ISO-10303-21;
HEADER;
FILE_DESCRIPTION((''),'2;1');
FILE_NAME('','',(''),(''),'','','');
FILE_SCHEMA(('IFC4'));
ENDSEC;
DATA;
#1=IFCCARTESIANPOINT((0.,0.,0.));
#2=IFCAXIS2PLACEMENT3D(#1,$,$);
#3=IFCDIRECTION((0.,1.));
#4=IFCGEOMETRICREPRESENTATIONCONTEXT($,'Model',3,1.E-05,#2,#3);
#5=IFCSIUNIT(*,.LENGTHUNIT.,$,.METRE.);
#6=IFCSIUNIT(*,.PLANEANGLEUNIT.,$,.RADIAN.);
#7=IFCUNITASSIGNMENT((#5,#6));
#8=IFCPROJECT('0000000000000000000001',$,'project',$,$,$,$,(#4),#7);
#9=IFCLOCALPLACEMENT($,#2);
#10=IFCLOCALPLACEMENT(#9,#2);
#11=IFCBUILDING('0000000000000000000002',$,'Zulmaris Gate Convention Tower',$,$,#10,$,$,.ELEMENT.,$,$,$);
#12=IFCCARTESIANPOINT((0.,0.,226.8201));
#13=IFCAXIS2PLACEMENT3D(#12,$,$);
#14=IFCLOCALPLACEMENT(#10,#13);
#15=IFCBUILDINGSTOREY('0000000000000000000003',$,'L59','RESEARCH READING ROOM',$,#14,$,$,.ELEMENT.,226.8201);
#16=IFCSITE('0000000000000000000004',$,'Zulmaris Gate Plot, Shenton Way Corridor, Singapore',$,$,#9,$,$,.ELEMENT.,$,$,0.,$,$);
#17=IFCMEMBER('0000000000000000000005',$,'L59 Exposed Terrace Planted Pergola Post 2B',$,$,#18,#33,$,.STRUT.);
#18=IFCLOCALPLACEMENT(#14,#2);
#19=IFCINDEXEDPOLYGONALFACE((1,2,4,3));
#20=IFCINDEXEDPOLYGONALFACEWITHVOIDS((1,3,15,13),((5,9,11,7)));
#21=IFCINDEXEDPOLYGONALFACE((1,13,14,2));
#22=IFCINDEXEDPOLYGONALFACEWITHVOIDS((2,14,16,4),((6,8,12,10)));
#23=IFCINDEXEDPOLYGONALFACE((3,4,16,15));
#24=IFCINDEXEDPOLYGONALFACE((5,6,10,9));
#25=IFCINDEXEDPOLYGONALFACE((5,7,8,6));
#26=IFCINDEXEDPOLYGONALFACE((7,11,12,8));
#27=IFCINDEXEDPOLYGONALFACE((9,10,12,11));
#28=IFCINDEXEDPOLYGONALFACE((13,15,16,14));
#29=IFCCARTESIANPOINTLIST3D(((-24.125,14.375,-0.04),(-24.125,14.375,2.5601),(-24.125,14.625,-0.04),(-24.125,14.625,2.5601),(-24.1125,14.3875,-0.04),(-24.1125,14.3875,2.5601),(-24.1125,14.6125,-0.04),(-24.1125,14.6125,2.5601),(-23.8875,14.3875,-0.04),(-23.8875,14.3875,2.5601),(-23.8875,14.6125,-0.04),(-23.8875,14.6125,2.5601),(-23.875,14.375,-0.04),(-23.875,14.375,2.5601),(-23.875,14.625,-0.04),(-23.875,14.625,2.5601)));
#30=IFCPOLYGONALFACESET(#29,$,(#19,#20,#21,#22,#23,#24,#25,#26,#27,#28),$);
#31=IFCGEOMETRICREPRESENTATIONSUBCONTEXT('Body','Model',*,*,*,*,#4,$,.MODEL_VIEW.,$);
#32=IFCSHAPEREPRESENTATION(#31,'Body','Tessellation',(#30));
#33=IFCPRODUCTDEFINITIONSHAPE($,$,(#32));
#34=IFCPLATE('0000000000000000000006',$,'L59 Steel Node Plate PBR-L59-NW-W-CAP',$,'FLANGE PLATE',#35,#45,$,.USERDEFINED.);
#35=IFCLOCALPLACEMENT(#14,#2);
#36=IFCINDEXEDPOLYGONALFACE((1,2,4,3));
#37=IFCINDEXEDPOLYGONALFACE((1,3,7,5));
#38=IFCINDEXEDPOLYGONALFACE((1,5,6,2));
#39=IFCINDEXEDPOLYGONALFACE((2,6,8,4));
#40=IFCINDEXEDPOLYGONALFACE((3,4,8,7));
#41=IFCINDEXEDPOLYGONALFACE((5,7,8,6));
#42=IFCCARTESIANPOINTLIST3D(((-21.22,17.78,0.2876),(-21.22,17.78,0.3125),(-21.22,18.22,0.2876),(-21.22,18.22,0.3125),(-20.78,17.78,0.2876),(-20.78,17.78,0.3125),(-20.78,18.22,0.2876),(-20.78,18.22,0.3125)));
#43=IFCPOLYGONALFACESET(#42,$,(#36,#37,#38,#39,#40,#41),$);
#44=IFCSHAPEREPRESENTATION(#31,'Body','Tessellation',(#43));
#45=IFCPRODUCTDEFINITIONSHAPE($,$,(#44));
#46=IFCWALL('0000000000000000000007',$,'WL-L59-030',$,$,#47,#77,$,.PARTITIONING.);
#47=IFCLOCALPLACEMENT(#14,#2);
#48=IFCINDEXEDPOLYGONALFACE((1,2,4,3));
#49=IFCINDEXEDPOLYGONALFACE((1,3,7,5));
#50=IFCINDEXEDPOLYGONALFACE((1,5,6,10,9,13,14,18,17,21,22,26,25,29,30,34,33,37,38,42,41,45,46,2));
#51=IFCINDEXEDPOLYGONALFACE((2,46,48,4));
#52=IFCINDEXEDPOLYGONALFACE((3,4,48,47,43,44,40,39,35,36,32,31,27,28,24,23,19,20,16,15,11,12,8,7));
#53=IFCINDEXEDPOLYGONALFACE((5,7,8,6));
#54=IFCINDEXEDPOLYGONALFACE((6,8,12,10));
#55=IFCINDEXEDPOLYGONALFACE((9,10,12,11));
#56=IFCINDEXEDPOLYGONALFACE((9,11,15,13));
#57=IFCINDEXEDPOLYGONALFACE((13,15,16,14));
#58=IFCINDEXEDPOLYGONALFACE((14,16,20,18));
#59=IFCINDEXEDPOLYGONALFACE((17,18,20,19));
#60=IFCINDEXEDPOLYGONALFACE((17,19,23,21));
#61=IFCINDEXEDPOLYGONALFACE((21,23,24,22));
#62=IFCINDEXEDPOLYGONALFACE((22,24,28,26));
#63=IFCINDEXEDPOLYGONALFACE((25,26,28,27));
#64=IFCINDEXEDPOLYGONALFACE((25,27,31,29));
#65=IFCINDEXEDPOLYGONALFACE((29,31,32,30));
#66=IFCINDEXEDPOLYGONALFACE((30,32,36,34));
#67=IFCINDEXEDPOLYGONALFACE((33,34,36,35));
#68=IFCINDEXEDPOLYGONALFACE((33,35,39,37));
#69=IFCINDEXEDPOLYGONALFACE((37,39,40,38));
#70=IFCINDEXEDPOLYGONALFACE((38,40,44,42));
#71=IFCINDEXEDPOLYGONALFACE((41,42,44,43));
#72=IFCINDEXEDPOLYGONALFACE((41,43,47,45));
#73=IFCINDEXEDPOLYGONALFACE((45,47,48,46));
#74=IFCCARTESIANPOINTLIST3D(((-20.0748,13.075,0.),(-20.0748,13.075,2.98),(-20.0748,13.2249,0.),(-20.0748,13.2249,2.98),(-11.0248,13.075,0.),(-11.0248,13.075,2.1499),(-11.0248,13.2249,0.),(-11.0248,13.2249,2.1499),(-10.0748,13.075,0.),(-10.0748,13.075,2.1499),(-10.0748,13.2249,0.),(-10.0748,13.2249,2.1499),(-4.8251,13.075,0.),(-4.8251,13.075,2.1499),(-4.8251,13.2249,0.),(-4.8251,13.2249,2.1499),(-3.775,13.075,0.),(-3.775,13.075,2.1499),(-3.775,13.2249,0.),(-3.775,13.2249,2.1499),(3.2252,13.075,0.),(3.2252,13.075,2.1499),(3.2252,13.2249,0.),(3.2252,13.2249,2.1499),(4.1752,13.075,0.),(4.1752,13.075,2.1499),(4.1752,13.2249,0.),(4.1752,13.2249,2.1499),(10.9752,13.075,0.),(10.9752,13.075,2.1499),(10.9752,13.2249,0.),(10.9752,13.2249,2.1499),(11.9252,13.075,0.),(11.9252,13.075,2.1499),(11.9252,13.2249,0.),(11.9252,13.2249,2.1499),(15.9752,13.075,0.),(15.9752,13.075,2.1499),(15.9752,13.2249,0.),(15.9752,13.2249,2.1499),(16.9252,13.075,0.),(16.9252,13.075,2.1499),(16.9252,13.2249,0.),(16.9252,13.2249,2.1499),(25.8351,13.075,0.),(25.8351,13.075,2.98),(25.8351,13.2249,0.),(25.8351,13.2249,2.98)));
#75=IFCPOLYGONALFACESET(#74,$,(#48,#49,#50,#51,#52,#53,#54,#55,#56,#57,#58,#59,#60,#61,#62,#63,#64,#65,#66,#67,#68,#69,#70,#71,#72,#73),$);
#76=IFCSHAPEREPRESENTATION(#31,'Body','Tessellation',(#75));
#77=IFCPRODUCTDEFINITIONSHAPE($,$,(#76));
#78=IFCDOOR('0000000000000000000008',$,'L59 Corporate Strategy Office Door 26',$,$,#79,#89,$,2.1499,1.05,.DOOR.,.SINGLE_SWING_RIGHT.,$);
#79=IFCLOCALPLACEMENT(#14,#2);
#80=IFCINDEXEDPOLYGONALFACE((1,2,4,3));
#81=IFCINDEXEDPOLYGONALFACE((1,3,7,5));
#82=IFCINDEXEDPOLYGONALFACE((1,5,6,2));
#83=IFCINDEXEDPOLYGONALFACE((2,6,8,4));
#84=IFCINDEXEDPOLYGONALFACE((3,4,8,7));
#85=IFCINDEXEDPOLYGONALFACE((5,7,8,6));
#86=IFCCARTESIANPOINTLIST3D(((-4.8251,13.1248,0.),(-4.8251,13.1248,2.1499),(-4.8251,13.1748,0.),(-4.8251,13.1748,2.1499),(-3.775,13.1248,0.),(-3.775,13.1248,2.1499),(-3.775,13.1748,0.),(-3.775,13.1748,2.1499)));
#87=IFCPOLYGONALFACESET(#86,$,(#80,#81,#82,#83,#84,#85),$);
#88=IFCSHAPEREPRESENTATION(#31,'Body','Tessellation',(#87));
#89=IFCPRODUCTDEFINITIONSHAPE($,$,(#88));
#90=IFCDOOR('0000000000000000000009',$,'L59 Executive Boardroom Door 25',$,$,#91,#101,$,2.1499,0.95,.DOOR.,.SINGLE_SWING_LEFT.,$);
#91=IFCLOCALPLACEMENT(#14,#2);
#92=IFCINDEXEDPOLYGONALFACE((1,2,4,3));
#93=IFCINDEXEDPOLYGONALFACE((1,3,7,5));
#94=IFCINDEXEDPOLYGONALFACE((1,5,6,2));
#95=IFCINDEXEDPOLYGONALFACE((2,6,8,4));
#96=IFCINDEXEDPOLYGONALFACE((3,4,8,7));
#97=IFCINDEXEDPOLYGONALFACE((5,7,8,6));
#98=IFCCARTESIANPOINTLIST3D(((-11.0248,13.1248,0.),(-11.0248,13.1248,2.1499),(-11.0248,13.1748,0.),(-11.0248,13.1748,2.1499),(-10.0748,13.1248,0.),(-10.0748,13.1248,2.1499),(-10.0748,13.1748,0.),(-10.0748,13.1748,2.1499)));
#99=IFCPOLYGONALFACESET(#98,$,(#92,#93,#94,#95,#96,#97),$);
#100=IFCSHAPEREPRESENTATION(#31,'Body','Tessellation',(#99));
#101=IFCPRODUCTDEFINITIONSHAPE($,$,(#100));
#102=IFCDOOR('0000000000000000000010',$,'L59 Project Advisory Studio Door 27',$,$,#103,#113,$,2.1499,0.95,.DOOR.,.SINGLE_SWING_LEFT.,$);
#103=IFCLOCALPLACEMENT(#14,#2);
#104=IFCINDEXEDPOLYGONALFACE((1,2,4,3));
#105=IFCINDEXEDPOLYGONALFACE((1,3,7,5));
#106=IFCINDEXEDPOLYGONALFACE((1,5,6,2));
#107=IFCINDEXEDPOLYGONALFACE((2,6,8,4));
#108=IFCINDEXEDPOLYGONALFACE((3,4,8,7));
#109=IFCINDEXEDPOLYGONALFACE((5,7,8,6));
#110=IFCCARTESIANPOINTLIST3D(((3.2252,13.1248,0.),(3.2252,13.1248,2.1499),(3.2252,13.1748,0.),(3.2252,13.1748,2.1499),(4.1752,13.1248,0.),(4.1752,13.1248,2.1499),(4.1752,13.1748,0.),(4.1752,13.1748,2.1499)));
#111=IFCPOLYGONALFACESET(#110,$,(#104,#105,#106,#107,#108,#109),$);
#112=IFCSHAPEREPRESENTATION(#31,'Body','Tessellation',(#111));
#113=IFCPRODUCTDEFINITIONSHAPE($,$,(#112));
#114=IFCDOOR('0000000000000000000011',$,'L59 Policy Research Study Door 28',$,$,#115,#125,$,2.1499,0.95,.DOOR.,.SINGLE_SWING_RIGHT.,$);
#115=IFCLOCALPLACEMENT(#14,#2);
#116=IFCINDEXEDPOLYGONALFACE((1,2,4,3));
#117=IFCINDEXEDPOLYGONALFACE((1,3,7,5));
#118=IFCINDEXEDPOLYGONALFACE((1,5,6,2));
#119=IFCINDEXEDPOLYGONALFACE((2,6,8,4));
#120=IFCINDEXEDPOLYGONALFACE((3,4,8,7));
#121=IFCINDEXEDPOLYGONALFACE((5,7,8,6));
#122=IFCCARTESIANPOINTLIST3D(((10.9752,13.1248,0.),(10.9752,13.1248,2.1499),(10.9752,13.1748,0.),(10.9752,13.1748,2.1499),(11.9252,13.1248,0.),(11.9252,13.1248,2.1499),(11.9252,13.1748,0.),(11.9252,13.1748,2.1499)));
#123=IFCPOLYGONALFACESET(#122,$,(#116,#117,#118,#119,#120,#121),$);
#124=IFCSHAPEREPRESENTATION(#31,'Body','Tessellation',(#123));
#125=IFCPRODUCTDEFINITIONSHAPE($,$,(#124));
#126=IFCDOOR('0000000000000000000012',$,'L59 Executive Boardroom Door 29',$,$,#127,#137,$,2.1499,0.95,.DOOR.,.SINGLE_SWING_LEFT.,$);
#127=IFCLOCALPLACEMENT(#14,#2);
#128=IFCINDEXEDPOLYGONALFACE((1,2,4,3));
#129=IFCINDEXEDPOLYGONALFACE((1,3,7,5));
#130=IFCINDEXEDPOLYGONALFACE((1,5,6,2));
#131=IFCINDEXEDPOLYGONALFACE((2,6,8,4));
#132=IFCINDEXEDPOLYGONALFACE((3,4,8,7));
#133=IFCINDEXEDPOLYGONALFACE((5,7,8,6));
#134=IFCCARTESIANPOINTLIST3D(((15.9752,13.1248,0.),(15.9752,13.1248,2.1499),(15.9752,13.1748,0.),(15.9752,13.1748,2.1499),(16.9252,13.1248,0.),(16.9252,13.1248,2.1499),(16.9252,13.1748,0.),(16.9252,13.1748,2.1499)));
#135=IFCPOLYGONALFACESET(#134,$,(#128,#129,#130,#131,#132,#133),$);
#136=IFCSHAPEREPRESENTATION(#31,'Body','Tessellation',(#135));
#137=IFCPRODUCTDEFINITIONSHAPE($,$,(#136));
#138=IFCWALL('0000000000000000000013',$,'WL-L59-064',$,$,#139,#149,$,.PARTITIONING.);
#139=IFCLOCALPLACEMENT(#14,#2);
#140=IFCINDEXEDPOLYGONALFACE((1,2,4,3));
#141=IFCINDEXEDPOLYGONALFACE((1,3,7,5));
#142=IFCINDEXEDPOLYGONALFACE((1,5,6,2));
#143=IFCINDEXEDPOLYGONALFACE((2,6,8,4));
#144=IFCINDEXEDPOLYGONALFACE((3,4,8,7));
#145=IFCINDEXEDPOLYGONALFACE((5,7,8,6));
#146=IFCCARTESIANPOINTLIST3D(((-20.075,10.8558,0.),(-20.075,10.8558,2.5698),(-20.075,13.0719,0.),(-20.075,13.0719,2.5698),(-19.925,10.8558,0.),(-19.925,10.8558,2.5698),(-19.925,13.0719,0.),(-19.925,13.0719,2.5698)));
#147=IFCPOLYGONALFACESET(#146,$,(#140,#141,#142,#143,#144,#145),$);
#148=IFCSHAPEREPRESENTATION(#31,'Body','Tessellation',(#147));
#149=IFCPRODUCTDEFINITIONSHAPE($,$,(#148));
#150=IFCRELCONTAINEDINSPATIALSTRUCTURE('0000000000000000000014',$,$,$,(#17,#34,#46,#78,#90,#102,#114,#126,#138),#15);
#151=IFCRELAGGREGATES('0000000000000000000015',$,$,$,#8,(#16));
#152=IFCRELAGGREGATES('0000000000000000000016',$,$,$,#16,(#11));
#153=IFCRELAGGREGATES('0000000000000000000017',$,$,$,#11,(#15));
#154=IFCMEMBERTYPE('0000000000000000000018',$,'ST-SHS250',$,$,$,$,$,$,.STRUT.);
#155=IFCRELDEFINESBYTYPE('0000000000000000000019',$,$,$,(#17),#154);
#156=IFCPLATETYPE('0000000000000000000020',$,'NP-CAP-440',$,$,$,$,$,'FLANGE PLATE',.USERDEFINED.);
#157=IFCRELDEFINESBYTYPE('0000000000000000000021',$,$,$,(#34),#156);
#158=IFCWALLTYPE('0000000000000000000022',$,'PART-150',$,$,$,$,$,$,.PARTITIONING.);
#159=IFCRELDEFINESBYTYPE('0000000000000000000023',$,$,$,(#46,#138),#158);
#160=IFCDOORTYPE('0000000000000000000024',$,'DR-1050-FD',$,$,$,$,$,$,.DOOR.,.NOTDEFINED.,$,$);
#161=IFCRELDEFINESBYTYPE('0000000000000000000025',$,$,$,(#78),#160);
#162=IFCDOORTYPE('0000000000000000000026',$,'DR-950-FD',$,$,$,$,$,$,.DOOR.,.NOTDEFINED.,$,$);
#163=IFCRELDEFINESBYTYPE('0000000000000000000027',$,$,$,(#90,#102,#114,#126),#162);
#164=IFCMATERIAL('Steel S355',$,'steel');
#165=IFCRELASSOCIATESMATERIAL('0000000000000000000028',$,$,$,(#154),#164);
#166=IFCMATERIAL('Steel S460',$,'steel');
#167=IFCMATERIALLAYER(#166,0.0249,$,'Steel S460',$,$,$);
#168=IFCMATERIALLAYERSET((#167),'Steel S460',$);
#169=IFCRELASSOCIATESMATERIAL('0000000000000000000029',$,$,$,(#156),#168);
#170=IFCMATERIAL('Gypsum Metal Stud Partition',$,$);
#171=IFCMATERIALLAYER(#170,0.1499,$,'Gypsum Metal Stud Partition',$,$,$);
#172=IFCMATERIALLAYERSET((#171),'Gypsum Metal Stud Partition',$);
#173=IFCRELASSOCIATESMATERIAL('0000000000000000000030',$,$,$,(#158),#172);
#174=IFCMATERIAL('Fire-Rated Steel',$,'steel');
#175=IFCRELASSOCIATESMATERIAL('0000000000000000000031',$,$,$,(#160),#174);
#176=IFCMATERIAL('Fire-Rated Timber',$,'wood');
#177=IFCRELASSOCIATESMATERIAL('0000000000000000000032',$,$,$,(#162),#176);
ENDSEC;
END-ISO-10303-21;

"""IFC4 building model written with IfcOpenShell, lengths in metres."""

from ifc_helpers import new_model, si_unit, direction, frame, frame_2d, origin, origin_2d, place, context, subcontext, project, spatial, rectangle, hollow_rectangle, extrude, material, layer, layer_set, material_profile, profile_set, type_object, element, fill, save


model = new_model("IFC4")

# Units and contexts
model_context = context("Model", 3, precision=1e-05, world=origin(), true_north=direction((0.0, 1.0)))
body_context = subcontext(model_context, "Body", "Model", "MODEL_VIEW")
ifc_project = project(units=[si_unit("LENGTHUNIT", "METRE"), si_unit("PLANEANGLEUNIT", "RADIAN")], contexts=[model_context])

# Site, building, storey
site_placement = place(None, origin())
site = spatial("IfcSite", under=ifc_project, at=site_placement, Name="Zulmaris Gate Plot, Shenton Way Corridor, Singapore", CompositionType="ELEMENT", RefElevation=0.0)
building_placement = place(site_placement, origin())
building = spatial("IfcBuilding", under=site, at=building_placement, Name="Zulmaris Gate Convention Tower", CompositionType="ELEMENT")
storey_placement = place(building_placement, frame((0.0, 0.0, 226.8201)))
storey = spatial("IfcBuildingStorey", under=building, at=storey_placement, Name="L59", Description="RESEARCH READING ROOM", CompositionType="ELEMENT", Elevation=226.8201)

# Shared definitions
ifc_material_1 = material(Name="Steel S355", Category="steel")

# Member
ifc_material_profile_1 = material_profile(ifc_material_1, hollow_rectangle(XDim=0.25, YDim=0.25, WallThickness=0.0125, at=origin_2d()), Name="SHS 250x250x12.5")
ifc_profile_set_1 = profile_set([ifc_material_profile_1], Name="Steel S355")
member_type_1 = type_object("IfcMemberType", Name="ST-SHS250", PredefinedType="STRUT", material=ifc_profile_set_1)
member_1_placement = place(storey_placement, frame((-24.0, 14.5, -0.04), z_axis=(0.0, 0.0, 1.0), x_axis=(1.0, 0.0, 0.0)))
element("IfcMember", 1, at=member_1_placement, inside=storey, type_object=member_type_1, Name="L59 Exposed Terrace Planted Pergola Post 2B", PredefinedType="STRUT", context=body_context, shape_type="SweptSolid", body=[
    extrude(hollow_rectangle(XDim=0.25, YDim=0.25, WallThickness=0.0125, at=origin_2d()), origin(), (0.0, 0.0, 1.0), 2.6001),
])

# Plate
ifc_material_2 = material(Name="Steel S460", Category="steel")
ifc_layer_1 = layer(ifc_material_2, 0.0249, Name="Steel S460")
ifc_layer_set_1 = layer_set([ifc_layer_1], Name="Steel S460")
plate_type = type_object("IfcPlateType", Name="NP-CAP-440", ElementType="FLANGE PLATE", PredefinedType="USERDEFINED", material=ifc_layer_set_1)
plate_placement = place(storey_placement, frame((-21.0, 18.0, 0.2876), z_axis=(0.0, 0.0, 1.0), x_axis=(1.0, 0.0, 0.0)))
element("IfcPlate", 2, at=plate_placement, inside=storey, type_object=plate_type, Name="L59 Steel Node Plate PBR-L59-NW-W-CAP", ObjectType="FLANGE PLATE", PredefinedType="USERDEFINED", context=body_context, shape_type="SweptSolid", body=[
    extrude(rectangle(XDim=0.4399, YDim=0.4399, at=origin_2d()), origin(), (0.0, 0.0, 1.0), 0.0249),
])

# Shared definitions
ifc_material_3 = material(Name="Fire-Rated Steel", Category="steel")

# Wall, openings, doors
ifc_material_4 = material(Name="Gypsum Metal Stud Partition")
ifc_layer_2 = layer(ifc_material_4, 0.1499, Name="Gypsum Metal Stud Partition")
ifc_layer_set_2 = layer_set([ifc_layer_2], Name="Gypsum Metal Stud Partition")
wall_type_1 = type_object("IfcWallType", Name="PART-150", PredefinedType="PARTITIONING", material=ifc_layer_set_2)
wall_1_placement = place(storey_placement, frame((-20.075, 13.1499, 0.0), z_axis=(0.0, 0.0, 1.0), x_axis=(1.0, 0.0, 0.0)))
wall_1 = element("IfcWall", 3, at=wall_1_placement, inside=storey, type_object=wall_type_1, Name="WL-L59-030", PredefinedType="PARTITIONING", context=body_context, shape_type="SweptSolid", body=[
    extrude(rectangle(XDim=45.9099, YDim=0.1499, at=frame_2d((22.9551, 0.0))), origin(), (0.0, 0.0, 1.0), 2.98),
])
opening_1_placement = place(wall_1_placement, frame((9.05, 0.0, 0.0)))
opening_1 = element("IfcOpeningElement", 4, at=opening_1_placement, cuts=wall_1, PredefinedType="OPENING", context=body_context, shape_type="SweptSolid", body=[
    extrude(rectangle(XDim=0.95, YDim=2.1499, at=frame_2d((0.4751, 1.075))), frame((0.0, 0.085, 0.0), z_axis=(0.0, -1.0, 0.0), x_axis=(1.0, 0.0, 0.0)), (0.0, 0.0, 1.0), 0.1699),
])
opening_2_placement = place(wall_1_placement, frame((15.25, 0.0, 0.0)))
opening_2 = element("IfcOpeningElement", 5, at=opening_2_placement, cuts=wall_1, PredefinedType="OPENING", context=body_context, shape_type="SweptSolid", body=[
    extrude(rectangle(XDim=1.05, YDim=2.1499, at=frame_2d((0.5249, 1.075))), frame((0.0, 0.085, 0.0), z_axis=(0.0, -1.0, 0.0), x_axis=(1.0, 0.0, 0.0)), (0.0, 0.0, 1.0), 0.1699),
])
opening_3_placement = place(wall_1_placement, frame((23.3, 0.0, 0.0)))
opening_3 = element("IfcOpeningElement", 6, at=opening_3_placement, cuts=wall_1, PredefinedType="OPENING", context=body_context, shape_type="SweptSolid", body=[
    extrude(rectangle(XDim=0.95, YDim=2.1499, at=frame_2d((0.4751, 1.075))), frame((0.0, 0.085, 0.0), z_axis=(0.0, -1.0, 0.0), x_axis=(1.0, 0.0, 0.0)), (0.0, 0.0, 1.0), 0.1699),
])
opening_4_placement = place(wall_1_placement, frame((31.05, 0.0, 0.0)))
opening_4 = element("IfcOpeningElement", 7, at=opening_4_placement, cuts=wall_1, PredefinedType="OPENING", context=body_context, shape_type="SweptSolid", body=[
    extrude(rectangle(XDim=0.95, YDim=2.1499, at=frame_2d((0.4751, 1.075))), frame((0.0, 0.085, 0.0), z_axis=(0.0, -1.0, 0.0), x_axis=(1.0, 0.0, 0.0)), (0.0, 0.0, 1.0), 0.1699),
])
opening_5_placement = place(wall_1_placement, frame((36.05, 0.0, 0.0)))
opening_5 = element("IfcOpeningElement", 8, at=opening_5_placement, cuts=wall_1, PredefinedType="OPENING", context=body_context, shape_type="SweptSolid", body=[
    extrude(rectangle(XDim=0.95, YDim=2.1499, at=frame_2d((0.4751, 1.075))), frame((0.0, 0.085, 0.0), z_axis=(0.0, -1.0, 0.0), x_axis=(1.0, 0.0, 0.0)), (0.0, 0.0, 1.0), 0.1699),
])
door_type_1 = type_object("IfcDoorType", Name="DR-1050-FD", OperationType="NOTDEFINED", PredefinedType="DOOR", material=ifc_material_3)
door_1_placement = place(opening_2_placement, origin())
door_1 = element("IfcDoor", 9, at=door_1_placement, inside=storey, type_object=door_type_1, Name="L59 Corporate Strategy Office Door 26", OperationType="SINGLE_SWING_RIGHT", OverallHeight=2.1499, OverallWidth=1.05, PredefinedType="DOOR", context=body_context, shape_type="SweptSolid", body=[
    extrude(rectangle(XDim=1.05, YDim=2.1499, at=frame_2d((0.5249, 1.075))), frame((0.0, 0.0249, 0.0), z_axis=(0.0, -1.0, 0.0), x_axis=(1.0, 0.0, 0.0)), (0.0, 0.0, 1.0), 0.05),
])
fill(opening_2, door_1)
ifc_material_5 = material(Name="Fire-Rated Timber", Category="wood")
door_type_2 = type_object("IfcDoorType", Name="DR-950-FD", OperationType="NOTDEFINED", PredefinedType="DOOR", material=ifc_material_5)
door_2_placement = place(opening_1_placement, origin())
door_2 = element("IfcDoor", 10, at=door_2_placement, inside=storey, type_object=door_type_2, Name="L59 Executive Boardroom Door 25", OperationType="SINGLE_SWING_LEFT", OverallHeight=2.1499, OverallWidth=0.95, PredefinedType="DOOR", context=body_context, shape_type="SweptSolid", body=[
    extrude(rectangle(XDim=0.95, YDim=2.1499, at=frame_2d((0.4751, 1.075))), frame((0.0, 0.0249, 0.0), z_axis=(0.0, -1.0, 0.0), x_axis=(1.0, 0.0, 0.0)), (0.0, 0.0, 1.0), 0.05),
])
fill(opening_1, door_2)
door_3_placement = place(opening_3_placement, origin())
door_3 = element("IfcDoor", 11, at=door_3_placement, inside=storey, type_object=door_type_2, Name="L59 Project Advisory Studio Door 27", OperationType="SINGLE_SWING_LEFT", OverallHeight=2.1499, OverallWidth=0.95, PredefinedType="DOOR", context=body_context, shape_type="SweptSolid", body=[
    extrude(rectangle(XDim=0.95, YDim=2.1499, at=frame_2d((0.4751, 1.075))), frame((0.0, 0.0249, 0.0), z_axis=(0.0, -1.0, 0.0), x_axis=(1.0, 0.0, 0.0)), (0.0, 0.0, 1.0), 0.05),
])
fill(opening_3, door_3)
door_4_placement = place(opening_4_placement, origin())
door_4 = element("IfcDoor", 12, at=door_4_placement, inside=storey, type_object=door_type_2, Name="L59 Policy Research Study Door 28", OperationType="SINGLE_SWING_RIGHT", OverallHeight=2.1499, OverallWidth=0.95, PredefinedType="DOOR", context=body_context, shape_type="SweptSolid", body=[
    extrude(rectangle(XDim=0.95, YDim=2.1499, at=frame_2d((0.4751, 1.075))), frame((0.0, 0.0249, 0.0), z_axis=(0.0, -1.0, 0.0), x_axis=(1.0, 0.0, 0.0)), (0.0, 0.0, 1.0), 0.05),
])
fill(opening_4, door_4)
door_5_placement = place(opening_5_placement, origin())
door_5 = element("IfcDoor", 13, at=door_5_placement, inside=storey, type_object=door_type_2, Name="L59 Executive Boardroom Door 29", OperationType="SINGLE_SWING_LEFT", OverallHeight=2.1499, OverallWidth=0.95, PredefinedType="DOOR", context=body_context, shape_type="SweptSolid", body=[
    extrude(rectangle(XDim=0.95, YDim=2.1499, at=frame_2d((0.4751, 1.075))), frame((0.0, 0.0249, 0.0), z_axis=(0.0, -1.0, 0.0), x_axis=(1.0, 0.0, 0.0)), (0.0, 0.0, 1.0), 0.05),
])
fill(opening_5, door_5)

# Wall
wall_2_placement = place(storey_placement, frame((-20.0, 10.856, 0.0), z_axis=(0.0, 0.0, 1.0), x_axis=(0.0, 1.0, 0.0)))
element("IfcWall", 14, at=wall_2_placement, inside=storey, type_object=wall_type_1, Name="WL-L59-064", PredefinedType="PARTITIONING", context=body_context, shape_type="SweptSolid", body=[
    extrude(rectangle(XDim=2.2161, YDim=0.1499, at=frame_2d((1.1079, 0.0))), origin(), (0.0, 0.0, 1.0), 2.5698),
])

save(model, "model.ifc")
